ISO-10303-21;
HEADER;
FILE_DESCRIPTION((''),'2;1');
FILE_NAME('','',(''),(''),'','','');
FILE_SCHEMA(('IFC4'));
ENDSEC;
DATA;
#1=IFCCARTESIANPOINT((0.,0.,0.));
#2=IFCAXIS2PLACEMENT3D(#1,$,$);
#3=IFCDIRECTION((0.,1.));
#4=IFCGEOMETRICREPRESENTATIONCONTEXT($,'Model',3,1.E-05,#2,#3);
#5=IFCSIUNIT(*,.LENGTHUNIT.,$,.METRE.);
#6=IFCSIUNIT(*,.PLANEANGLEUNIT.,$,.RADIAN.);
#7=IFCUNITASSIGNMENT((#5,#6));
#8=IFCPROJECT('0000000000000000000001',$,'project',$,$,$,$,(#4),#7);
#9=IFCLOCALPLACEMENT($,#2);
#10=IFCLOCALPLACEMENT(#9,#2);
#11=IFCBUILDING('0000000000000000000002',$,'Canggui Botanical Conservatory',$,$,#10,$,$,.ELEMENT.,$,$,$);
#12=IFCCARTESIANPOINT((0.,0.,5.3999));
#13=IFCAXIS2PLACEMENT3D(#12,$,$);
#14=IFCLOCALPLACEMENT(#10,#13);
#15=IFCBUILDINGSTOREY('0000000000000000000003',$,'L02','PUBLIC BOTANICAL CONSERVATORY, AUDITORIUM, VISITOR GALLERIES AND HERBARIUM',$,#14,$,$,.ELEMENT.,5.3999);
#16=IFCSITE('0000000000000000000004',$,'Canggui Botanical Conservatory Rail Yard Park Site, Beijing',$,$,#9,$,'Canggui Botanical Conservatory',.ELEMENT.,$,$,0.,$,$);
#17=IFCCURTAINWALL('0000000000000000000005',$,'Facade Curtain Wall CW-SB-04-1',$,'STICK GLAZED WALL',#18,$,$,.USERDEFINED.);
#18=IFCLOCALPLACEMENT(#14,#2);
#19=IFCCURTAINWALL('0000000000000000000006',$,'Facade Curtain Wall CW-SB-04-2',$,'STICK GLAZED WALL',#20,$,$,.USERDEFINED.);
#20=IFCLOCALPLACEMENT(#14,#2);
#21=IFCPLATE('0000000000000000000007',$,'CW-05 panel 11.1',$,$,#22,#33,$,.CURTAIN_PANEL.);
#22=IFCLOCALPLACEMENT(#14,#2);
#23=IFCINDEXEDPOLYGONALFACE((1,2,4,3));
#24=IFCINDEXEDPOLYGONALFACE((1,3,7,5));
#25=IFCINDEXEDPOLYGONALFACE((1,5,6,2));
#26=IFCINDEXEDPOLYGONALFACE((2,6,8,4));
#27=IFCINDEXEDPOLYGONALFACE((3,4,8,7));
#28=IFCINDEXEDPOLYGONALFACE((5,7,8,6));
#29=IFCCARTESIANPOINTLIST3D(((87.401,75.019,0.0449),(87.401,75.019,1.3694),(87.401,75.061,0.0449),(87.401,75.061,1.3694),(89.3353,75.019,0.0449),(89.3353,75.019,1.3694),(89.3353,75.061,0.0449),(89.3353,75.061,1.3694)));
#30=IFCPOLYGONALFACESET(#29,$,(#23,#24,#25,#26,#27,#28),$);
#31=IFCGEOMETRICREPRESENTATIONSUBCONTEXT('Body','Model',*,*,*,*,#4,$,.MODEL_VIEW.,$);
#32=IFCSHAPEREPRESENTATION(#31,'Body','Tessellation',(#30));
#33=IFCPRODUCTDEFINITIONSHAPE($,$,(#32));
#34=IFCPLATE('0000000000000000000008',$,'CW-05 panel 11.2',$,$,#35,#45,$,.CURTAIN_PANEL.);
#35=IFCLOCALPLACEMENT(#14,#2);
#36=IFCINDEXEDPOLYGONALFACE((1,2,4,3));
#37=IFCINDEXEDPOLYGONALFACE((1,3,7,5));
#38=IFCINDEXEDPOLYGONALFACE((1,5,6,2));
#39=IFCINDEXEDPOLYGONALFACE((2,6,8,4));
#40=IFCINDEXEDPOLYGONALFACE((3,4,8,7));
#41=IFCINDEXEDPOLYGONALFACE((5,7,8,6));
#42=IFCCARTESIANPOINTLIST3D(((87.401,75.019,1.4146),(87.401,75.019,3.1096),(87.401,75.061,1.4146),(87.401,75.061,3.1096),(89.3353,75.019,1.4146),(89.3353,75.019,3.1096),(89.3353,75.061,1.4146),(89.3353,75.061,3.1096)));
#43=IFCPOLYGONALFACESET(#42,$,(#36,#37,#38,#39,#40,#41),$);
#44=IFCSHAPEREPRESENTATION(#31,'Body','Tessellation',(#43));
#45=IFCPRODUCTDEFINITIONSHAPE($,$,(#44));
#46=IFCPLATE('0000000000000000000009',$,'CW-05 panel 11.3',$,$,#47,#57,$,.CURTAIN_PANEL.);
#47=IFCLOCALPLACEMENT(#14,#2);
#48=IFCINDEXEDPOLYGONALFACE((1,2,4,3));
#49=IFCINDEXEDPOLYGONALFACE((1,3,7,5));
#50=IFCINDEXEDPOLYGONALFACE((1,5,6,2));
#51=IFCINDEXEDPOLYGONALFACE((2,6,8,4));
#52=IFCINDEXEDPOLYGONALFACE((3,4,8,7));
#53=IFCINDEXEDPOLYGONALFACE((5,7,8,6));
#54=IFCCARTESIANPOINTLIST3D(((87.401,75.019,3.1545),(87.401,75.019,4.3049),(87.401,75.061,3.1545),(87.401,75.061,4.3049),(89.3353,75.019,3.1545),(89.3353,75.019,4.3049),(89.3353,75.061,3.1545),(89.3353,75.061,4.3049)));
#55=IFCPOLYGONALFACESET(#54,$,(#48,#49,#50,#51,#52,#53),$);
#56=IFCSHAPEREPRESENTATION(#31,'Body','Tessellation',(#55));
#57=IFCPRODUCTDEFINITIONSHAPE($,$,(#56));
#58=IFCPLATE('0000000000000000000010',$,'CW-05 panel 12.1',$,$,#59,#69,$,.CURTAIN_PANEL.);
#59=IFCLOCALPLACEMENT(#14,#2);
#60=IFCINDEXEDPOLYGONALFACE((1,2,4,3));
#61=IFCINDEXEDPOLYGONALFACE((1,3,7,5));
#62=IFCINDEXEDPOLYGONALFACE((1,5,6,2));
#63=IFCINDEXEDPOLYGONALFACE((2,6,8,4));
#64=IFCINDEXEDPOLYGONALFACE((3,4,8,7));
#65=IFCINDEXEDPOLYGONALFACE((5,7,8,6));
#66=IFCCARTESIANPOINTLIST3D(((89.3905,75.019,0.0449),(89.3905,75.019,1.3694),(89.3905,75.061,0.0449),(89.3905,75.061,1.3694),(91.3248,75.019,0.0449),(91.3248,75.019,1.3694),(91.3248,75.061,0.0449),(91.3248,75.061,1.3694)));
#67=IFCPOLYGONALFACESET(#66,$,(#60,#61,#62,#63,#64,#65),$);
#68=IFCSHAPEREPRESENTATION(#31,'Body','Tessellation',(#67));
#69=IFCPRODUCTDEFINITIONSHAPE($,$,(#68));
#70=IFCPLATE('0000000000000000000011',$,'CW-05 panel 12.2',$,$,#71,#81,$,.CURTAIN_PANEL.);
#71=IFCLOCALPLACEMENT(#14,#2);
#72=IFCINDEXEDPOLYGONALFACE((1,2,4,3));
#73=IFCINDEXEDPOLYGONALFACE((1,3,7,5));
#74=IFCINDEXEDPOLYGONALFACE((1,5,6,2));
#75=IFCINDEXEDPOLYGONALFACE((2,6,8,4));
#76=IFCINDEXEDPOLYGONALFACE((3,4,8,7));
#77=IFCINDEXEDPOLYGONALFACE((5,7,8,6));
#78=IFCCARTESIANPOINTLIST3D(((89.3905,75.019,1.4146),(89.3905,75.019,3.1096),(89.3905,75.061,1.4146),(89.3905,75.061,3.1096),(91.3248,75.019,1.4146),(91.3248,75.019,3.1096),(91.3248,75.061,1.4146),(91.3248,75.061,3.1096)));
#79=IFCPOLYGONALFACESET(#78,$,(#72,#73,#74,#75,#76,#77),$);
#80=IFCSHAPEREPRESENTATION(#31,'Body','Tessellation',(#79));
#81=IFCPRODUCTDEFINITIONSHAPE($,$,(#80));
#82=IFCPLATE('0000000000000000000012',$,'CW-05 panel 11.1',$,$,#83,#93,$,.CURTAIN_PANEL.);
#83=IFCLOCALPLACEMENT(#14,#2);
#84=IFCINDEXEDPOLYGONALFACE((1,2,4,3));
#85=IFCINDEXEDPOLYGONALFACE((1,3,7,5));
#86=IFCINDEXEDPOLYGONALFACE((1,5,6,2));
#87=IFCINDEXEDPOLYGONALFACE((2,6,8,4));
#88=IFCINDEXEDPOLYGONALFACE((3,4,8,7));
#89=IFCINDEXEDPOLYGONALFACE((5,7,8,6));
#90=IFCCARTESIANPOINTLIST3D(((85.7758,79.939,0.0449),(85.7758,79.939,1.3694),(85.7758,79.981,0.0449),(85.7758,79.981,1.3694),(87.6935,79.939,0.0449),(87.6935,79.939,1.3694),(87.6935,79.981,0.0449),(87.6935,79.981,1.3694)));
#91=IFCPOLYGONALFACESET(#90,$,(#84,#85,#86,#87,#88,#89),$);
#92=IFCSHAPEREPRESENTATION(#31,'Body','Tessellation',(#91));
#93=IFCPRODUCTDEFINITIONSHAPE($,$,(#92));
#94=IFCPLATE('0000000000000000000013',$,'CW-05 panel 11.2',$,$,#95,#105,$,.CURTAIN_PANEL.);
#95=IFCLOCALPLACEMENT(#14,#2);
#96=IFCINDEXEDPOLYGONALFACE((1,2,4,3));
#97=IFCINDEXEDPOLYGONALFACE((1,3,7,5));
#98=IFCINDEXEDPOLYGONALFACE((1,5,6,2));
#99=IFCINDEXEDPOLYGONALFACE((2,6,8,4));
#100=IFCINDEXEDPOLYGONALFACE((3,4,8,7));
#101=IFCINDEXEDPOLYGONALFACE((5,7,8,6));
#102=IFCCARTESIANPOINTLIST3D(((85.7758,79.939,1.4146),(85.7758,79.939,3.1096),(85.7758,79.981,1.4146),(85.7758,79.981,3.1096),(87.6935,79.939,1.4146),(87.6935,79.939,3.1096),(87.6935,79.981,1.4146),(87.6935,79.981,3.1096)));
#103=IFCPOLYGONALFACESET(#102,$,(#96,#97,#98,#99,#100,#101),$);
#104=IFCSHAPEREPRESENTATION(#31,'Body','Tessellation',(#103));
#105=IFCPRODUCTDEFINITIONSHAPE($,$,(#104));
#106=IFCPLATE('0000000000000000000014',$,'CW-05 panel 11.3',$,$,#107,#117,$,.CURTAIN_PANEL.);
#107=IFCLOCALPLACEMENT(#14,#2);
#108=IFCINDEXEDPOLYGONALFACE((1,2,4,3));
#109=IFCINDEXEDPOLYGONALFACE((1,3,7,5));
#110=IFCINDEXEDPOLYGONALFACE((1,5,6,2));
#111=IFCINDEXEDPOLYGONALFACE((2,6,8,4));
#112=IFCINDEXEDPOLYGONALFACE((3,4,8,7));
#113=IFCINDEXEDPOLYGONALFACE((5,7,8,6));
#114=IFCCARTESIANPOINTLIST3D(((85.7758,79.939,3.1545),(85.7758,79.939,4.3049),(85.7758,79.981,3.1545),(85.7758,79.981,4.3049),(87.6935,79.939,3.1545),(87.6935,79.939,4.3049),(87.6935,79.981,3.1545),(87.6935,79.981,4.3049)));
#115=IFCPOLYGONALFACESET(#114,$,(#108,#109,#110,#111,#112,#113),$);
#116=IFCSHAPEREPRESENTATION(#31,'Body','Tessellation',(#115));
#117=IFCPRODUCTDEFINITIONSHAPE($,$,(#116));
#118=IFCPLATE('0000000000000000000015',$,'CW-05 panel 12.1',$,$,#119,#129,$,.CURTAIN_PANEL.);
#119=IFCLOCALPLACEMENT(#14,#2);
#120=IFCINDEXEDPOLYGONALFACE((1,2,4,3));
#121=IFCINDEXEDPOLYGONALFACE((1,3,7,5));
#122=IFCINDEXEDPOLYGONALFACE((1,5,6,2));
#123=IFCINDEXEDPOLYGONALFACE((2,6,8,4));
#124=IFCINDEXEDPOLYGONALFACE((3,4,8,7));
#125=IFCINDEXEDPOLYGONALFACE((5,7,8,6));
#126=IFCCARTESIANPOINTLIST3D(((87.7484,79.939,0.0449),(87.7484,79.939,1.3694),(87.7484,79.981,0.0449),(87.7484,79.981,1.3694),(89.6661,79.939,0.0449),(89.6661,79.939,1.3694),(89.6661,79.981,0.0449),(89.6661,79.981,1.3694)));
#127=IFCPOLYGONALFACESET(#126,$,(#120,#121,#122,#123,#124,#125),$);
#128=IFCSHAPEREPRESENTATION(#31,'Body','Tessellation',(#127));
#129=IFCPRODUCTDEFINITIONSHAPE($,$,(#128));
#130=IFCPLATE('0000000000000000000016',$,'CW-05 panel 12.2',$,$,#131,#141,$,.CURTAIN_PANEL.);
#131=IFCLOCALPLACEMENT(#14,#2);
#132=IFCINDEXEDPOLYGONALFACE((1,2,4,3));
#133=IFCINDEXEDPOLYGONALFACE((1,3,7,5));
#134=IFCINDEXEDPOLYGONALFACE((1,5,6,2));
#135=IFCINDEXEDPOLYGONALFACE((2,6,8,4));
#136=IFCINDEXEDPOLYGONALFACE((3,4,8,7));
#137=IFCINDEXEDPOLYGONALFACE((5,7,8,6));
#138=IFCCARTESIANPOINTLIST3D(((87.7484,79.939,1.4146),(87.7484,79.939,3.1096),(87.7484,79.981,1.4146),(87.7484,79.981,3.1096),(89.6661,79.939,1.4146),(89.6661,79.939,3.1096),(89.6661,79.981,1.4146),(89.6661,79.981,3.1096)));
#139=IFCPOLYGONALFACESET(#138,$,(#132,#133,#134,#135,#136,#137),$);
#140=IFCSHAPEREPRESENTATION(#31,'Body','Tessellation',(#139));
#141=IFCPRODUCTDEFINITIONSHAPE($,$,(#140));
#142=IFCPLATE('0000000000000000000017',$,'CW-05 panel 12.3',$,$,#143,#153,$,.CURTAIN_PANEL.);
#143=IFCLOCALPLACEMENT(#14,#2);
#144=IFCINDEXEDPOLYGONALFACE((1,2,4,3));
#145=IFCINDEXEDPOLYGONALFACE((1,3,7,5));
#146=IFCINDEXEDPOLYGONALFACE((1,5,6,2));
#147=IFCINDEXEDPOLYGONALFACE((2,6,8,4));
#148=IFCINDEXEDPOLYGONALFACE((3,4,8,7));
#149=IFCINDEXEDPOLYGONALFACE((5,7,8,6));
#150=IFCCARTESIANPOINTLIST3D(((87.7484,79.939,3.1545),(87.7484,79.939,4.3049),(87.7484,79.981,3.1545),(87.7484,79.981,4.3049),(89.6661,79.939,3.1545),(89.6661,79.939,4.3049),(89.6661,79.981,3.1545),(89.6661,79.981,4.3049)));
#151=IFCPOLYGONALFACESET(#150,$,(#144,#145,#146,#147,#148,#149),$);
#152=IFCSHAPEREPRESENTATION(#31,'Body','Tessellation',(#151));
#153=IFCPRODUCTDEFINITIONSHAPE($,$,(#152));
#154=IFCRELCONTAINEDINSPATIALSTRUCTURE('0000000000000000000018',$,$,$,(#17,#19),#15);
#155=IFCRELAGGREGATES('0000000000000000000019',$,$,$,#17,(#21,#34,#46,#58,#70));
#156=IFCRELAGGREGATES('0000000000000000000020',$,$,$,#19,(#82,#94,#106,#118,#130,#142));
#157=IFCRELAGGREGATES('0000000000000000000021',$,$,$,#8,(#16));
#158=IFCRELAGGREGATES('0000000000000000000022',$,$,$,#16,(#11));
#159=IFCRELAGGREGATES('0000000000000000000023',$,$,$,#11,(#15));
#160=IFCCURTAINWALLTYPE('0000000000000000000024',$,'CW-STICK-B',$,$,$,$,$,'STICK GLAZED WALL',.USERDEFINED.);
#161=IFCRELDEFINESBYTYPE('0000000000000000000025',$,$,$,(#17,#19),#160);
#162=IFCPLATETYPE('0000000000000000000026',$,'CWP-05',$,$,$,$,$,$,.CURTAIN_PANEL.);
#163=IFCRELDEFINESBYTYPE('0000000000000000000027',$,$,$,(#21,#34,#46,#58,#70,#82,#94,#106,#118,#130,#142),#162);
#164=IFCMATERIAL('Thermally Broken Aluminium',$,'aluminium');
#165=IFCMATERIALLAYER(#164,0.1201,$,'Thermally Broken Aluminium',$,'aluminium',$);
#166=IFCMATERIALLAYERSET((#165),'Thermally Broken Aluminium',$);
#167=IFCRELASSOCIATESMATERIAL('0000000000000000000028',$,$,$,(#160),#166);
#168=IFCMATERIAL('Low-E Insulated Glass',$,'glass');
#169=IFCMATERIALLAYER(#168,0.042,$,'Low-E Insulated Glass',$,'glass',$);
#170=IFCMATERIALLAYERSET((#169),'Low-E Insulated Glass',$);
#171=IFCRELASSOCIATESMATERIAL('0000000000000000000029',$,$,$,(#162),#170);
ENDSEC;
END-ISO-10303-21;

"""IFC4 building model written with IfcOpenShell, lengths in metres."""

from ifc_helpers import new_model, si_unit, direction, frame, origin, origin_2d, place, context, subcontext, project, spatial, rectangle, extrude, material, layer, layer_set, type_object, element, aggregate, save


model = new_model("IFC4")

# Units and contexts
model_context = context("Model", 3, precision=1e-05, world=origin(), true_north=direction((0.0, 1.0)))
body_context = subcontext(model_context, "Body", "Model", "MODEL_VIEW")
ifc_project = project(units=[si_unit("LENGTHUNIT", "METRE"), si_unit("PLANEANGLEUNIT", "RADIAN")], contexts=[model_context])

# Site, building, storey
site_placement = place(None, origin())
site = spatial("IfcSite", under=ifc_project, at=site_placement, Name="Canggui Botanical Conservatory Rail Yard Park Site, Beijing", LongName="Canggui Botanical Conservatory", CompositionType="ELEMENT", RefElevation=0.0)
building_placement = place(site_placement, origin())
building = spatial("IfcBuilding", under=site, at=building_placement, Name="Canggui Botanical Conservatory", CompositionType="ELEMENT")
storey_placement = place(building_placement, frame((0.0, 0.0, 5.3999)))
storey = spatial("IfcBuildingStorey", under=building, at=storey_placement, Name="L02", Description="PUBLIC BOTANICAL CONSERVATORY, AUDITORIUM, VISITOR GALLERIES AND HERBARIUM", CompositionType="ELEMENT", Elevation=5.3999)

# Curtain walls
ifc_material_1 = material(Name="Thermally Broken Aluminium", Category="aluminium")
ifc_layer_1 = layer(ifc_material_1, 0.1201, Name="Thermally Broken Aluminium", Category="aluminium")
ifc_layer_set_1 = layer_set([ifc_layer_1], Name="Thermally Broken Aluminium")
curtain_wall_type = type_object("IfcCurtainWallType", Name="CW-STICK-B", ElementType="STICK GLAZED WALL", PredefinedType="USERDEFINED", material=ifc_layer_set_1)
curtain_wall_1_placement = place(storey_placement, origin())
curtain_wall_1 = element("IfcCurtainWall", 1, at=curtain_wall_1_placement, inside=storey, type_object=curtain_wall_type, Name="Facade Curtain Wall CW-SB-04-1", ObjectType="STICK GLAZED WALL", PredefinedType="USERDEFINED")
curtain_wall_2_placement = place(storey_placement, origin())
curtain_wall_2 = element("IfcCurtainWall", 2, at=curtain_wall_2_placement, inside=storey, type_object=curtain_wall_type, Name="Facade Curtain Wall CW-SB-04-2", ObjectType="STICK GLAZED WALL", PredefinedType="USERDEFINED")

# Plates
ifc_material_2 = material(Name="Low-E Insulated Glass", Category="glass")
ifc_layer_2 = layer(ifc_material_2, 0.042, Name="Low-E Insulated Glass", Category="glass")
ifc_layer_set_2 = layer_set([ifc_layer_2], Name="Low-E Insulated Glass")
plate_type = type_object("IfcPlateType", Name="CWP-05", PredefinedType="CURTAIN_PANEL", material=ifc_layer_set_2)
plate_1_placement = place(storey_placement, frame((88.3682, 75.04, 0.0449), z_axis=(0.0, 0.0, 1.0), x_axis=(1.0, 0.0, 0.0)))
plate_1 = element("IfcPlate", 3, at=plate_1_placement, type_object=plate_type, Name="CW-05 panel 11.1", PredefinedType="CURTAIN_PANEL", context=body_context, shape_type="SweptSolid", body=[
    extrude(rectangle(XDim=1.9343, YDim=0.042, at=origin_2d()), origin(), (0.0, 0.0, 1.0), 1.3245),
])
plate_2_placement = place(storey_placement, frame((88.3682, 75.04, 1.4146), z_axis=(0.0, 0.0, 1.0), x_axis=(1.0, 0.0, 0.0)))
plate_2 = element("IfcPlate", 4, at=plate_2_placement, type_object=plate_type, Name="CW-05 panel 11.2", PredefinedType="CURTAIN_PANEL", context=body_context, shape_type="SweptSolid", body=[
    extrude(rectangle(XDim=1.9343, YDim=0.042, at=origin_2d()), origin(), (0.0, 0.0, 1.0), 1.6951),
])
plate_3_placement = place(storey_placement, frame((88.3682, 75.04, 3.1545), z_axis=(0.0, 0.0, 1.0), x_axis=(1.0, 0.0, 0.0)))
plate_3 = element("IfcPlate", 5, at=plate_3_placement, type_object=plate_type, Name="CW-05 panel 11.3", PredefinedType="CURTAIN_PANEL", context=body_context, shape_type="SweptSolid", body=[
    extrude(rectangle(XDim=1.9343, YDim=0.042, at=origin_2d()), origin(), (0.0, 0.0, 1.0), 1.1504),
])
plate_4_placement = place(storey_placement, frame((90.3577, 75.04, 0.0449), z_axis=(0.0, 0.0, 1.0), x_axis=(1.0, 0.0, 0.0)))
plate_4 = element("IfcPlate", 6, at=plate_4_placement, type_object=plate_type, Name="CW-05 panel 12.1", PredefinedType="CURTAIN_PANEL", context=body_context, shape_type="SweptSolid", body=[
    extrude(rectangle(XDim=1.9343, YDim=0.042, at=origin_2d()), origin(), (0.0, 0.0, 1.0), 1.3245),
])
plate_5_placement = place(storey_placement, frame((90.3577, 75.04, 1.4146), z_axis=(0.0, 0.0, 1.0), x_axis=(1.0, 0.0, 0.0)))
plate_5 = element("IfcPlate", 7, at=plate_5_placement, type_object=plate_type, Name="CW-05 panel 12.2", PredefinedType="CURTAIN_PANEL", context=body_context, shape_type="SweptSolid", body=[
    extrude(rectangle(XDim=1.9343, YDim=0.042, at=origin_2d()), origin(), (0.0, 0.0, 1.0), 1.6951),
])
aggregate(curtain_wall_1, [plate_1, plate_2, plate_3, plate_4, plate_5])
plate_6_placement = place(storey_placement, frame((86.7346, 79.96, 0.0449), z_axis=(0.0, 0.0, 1.0), x_axis=(1.0, 0.0, 0.0)))
plate_6 = element("IfcPlate", 8, at=plate_6_placement, type_object=plate_type, Name="CW-05 panel 11.1", PredefinedType="CURTAIN_PANEL", context=body_context, shape_type="SweptSolid", body=[
    extrude(rectangle(XDim=1.9177, YDim=0.042, at=origin_2d()), origin(), (0.0, 0.0, 1.0), 1.3245),
])
plate_7_placement = place(storey_placement, frame((86.7346, 79.96, 1.4146), z_axis=(0.0, 0.0, 1.0), x_axis=(1.0, 0.0, 0.0)))
plate_7 = element("IfcPlate", 9, at=plate_7_placement, type_object=plate_type, Name="CW-05 panel 11.2", PredefinedType="CURTAIN_PANEL", context=body_context, shape_type="SweptSolid", body=[
    extrude(rectangle(XDim=1.9177, YDim=0.042, at=origin_2d()), origin(), (0.0, 0.0, 1.0), 1.6951),
])
plate_8_placement = place(storey_placement, frame((86.7346, 79.96, 3.1545), z_axis=(0.0, 0.0, 1.0), x_axis=(1.0, 0.0, 0.0)))
plate_8 = element("IfcPlate", 10, at=plate_8_placement, type_object=plate_type, Name="CW-05 panel 11.3", PredefinedType="CURTAIN_PANEL", context=body_context, shape_type="SweptSolid", body=[
    extrude(rectangle(XDim=1.9177, YDim=0.042, at=origin_2d()), origin(), (0.0, 0.0, 1.0), 1.1504),
])
plate_9_placement = place(storey_placement, frame((88.7073, 79.96, 0.0449), z_axis=(0.0, 0.0, 1.0), x_axis=(1.0, 0.0, 0.0)))
plate_9 = element("IfcPlate", 11, at=plate_9_placement, type_object=plate_type, Name="CW-05 panel 12.1", PredefinedType="CURTAIN_PANEL", context=body_context, shape_type="SweptSolid", body=[
    extrude(rectangle(XDim=1.9177, YDim=0.042, at=origin_2d()), origin(), (0.0, 0.0, 1.0), 1.3245),
])
plate_10_placement = place(storey_placement, frame((88.7073, 79.96, 1.4146), z_axis=(0.0, 0.0, 1.0), x_axis=(1.0, 0.0, 0.0)))
plate_10 = element("IfcPlate", 12, at=plate_10_placement, type_object=plate_type, Name="CW-05 panel 12.2", PredefinedType="CURTAIN_PANEL", context=body_context, shape_type="SweptSolid", body=[
    extrude(rectangle(XDim=1.9177, YDim=0.042, at=origin_2d()), origin(), (0.0, 0.0, 1.0), 1.6951),
])
plate_11_placement = place(storey_placement, frame((88.7073, 79.96, 3.1545), z_axis=(0.0, 0.0, 1.0), x_axis=(1.0, 0.0, 0.0)))
plate_11 = element("IfcPlate", 13, at=plate_11_placement, type_object=plate_type, Name="CW-05 panel 12.3", PredefinedType="CURTAIN_PANEL", context=body_context, shape_type="SweptSolid", body=[
    extrude(rectangle(XDim=1.9177, YDim=0.042, at=origin_2d()), origin(), (0.0, 0.0, 1.0), 1.1504),
])
aggregate(curtain_wall_2, [plate_6, plate_7, plate_8, plate_9, plate_10, plate_11])

save(model, "model.ifc")
